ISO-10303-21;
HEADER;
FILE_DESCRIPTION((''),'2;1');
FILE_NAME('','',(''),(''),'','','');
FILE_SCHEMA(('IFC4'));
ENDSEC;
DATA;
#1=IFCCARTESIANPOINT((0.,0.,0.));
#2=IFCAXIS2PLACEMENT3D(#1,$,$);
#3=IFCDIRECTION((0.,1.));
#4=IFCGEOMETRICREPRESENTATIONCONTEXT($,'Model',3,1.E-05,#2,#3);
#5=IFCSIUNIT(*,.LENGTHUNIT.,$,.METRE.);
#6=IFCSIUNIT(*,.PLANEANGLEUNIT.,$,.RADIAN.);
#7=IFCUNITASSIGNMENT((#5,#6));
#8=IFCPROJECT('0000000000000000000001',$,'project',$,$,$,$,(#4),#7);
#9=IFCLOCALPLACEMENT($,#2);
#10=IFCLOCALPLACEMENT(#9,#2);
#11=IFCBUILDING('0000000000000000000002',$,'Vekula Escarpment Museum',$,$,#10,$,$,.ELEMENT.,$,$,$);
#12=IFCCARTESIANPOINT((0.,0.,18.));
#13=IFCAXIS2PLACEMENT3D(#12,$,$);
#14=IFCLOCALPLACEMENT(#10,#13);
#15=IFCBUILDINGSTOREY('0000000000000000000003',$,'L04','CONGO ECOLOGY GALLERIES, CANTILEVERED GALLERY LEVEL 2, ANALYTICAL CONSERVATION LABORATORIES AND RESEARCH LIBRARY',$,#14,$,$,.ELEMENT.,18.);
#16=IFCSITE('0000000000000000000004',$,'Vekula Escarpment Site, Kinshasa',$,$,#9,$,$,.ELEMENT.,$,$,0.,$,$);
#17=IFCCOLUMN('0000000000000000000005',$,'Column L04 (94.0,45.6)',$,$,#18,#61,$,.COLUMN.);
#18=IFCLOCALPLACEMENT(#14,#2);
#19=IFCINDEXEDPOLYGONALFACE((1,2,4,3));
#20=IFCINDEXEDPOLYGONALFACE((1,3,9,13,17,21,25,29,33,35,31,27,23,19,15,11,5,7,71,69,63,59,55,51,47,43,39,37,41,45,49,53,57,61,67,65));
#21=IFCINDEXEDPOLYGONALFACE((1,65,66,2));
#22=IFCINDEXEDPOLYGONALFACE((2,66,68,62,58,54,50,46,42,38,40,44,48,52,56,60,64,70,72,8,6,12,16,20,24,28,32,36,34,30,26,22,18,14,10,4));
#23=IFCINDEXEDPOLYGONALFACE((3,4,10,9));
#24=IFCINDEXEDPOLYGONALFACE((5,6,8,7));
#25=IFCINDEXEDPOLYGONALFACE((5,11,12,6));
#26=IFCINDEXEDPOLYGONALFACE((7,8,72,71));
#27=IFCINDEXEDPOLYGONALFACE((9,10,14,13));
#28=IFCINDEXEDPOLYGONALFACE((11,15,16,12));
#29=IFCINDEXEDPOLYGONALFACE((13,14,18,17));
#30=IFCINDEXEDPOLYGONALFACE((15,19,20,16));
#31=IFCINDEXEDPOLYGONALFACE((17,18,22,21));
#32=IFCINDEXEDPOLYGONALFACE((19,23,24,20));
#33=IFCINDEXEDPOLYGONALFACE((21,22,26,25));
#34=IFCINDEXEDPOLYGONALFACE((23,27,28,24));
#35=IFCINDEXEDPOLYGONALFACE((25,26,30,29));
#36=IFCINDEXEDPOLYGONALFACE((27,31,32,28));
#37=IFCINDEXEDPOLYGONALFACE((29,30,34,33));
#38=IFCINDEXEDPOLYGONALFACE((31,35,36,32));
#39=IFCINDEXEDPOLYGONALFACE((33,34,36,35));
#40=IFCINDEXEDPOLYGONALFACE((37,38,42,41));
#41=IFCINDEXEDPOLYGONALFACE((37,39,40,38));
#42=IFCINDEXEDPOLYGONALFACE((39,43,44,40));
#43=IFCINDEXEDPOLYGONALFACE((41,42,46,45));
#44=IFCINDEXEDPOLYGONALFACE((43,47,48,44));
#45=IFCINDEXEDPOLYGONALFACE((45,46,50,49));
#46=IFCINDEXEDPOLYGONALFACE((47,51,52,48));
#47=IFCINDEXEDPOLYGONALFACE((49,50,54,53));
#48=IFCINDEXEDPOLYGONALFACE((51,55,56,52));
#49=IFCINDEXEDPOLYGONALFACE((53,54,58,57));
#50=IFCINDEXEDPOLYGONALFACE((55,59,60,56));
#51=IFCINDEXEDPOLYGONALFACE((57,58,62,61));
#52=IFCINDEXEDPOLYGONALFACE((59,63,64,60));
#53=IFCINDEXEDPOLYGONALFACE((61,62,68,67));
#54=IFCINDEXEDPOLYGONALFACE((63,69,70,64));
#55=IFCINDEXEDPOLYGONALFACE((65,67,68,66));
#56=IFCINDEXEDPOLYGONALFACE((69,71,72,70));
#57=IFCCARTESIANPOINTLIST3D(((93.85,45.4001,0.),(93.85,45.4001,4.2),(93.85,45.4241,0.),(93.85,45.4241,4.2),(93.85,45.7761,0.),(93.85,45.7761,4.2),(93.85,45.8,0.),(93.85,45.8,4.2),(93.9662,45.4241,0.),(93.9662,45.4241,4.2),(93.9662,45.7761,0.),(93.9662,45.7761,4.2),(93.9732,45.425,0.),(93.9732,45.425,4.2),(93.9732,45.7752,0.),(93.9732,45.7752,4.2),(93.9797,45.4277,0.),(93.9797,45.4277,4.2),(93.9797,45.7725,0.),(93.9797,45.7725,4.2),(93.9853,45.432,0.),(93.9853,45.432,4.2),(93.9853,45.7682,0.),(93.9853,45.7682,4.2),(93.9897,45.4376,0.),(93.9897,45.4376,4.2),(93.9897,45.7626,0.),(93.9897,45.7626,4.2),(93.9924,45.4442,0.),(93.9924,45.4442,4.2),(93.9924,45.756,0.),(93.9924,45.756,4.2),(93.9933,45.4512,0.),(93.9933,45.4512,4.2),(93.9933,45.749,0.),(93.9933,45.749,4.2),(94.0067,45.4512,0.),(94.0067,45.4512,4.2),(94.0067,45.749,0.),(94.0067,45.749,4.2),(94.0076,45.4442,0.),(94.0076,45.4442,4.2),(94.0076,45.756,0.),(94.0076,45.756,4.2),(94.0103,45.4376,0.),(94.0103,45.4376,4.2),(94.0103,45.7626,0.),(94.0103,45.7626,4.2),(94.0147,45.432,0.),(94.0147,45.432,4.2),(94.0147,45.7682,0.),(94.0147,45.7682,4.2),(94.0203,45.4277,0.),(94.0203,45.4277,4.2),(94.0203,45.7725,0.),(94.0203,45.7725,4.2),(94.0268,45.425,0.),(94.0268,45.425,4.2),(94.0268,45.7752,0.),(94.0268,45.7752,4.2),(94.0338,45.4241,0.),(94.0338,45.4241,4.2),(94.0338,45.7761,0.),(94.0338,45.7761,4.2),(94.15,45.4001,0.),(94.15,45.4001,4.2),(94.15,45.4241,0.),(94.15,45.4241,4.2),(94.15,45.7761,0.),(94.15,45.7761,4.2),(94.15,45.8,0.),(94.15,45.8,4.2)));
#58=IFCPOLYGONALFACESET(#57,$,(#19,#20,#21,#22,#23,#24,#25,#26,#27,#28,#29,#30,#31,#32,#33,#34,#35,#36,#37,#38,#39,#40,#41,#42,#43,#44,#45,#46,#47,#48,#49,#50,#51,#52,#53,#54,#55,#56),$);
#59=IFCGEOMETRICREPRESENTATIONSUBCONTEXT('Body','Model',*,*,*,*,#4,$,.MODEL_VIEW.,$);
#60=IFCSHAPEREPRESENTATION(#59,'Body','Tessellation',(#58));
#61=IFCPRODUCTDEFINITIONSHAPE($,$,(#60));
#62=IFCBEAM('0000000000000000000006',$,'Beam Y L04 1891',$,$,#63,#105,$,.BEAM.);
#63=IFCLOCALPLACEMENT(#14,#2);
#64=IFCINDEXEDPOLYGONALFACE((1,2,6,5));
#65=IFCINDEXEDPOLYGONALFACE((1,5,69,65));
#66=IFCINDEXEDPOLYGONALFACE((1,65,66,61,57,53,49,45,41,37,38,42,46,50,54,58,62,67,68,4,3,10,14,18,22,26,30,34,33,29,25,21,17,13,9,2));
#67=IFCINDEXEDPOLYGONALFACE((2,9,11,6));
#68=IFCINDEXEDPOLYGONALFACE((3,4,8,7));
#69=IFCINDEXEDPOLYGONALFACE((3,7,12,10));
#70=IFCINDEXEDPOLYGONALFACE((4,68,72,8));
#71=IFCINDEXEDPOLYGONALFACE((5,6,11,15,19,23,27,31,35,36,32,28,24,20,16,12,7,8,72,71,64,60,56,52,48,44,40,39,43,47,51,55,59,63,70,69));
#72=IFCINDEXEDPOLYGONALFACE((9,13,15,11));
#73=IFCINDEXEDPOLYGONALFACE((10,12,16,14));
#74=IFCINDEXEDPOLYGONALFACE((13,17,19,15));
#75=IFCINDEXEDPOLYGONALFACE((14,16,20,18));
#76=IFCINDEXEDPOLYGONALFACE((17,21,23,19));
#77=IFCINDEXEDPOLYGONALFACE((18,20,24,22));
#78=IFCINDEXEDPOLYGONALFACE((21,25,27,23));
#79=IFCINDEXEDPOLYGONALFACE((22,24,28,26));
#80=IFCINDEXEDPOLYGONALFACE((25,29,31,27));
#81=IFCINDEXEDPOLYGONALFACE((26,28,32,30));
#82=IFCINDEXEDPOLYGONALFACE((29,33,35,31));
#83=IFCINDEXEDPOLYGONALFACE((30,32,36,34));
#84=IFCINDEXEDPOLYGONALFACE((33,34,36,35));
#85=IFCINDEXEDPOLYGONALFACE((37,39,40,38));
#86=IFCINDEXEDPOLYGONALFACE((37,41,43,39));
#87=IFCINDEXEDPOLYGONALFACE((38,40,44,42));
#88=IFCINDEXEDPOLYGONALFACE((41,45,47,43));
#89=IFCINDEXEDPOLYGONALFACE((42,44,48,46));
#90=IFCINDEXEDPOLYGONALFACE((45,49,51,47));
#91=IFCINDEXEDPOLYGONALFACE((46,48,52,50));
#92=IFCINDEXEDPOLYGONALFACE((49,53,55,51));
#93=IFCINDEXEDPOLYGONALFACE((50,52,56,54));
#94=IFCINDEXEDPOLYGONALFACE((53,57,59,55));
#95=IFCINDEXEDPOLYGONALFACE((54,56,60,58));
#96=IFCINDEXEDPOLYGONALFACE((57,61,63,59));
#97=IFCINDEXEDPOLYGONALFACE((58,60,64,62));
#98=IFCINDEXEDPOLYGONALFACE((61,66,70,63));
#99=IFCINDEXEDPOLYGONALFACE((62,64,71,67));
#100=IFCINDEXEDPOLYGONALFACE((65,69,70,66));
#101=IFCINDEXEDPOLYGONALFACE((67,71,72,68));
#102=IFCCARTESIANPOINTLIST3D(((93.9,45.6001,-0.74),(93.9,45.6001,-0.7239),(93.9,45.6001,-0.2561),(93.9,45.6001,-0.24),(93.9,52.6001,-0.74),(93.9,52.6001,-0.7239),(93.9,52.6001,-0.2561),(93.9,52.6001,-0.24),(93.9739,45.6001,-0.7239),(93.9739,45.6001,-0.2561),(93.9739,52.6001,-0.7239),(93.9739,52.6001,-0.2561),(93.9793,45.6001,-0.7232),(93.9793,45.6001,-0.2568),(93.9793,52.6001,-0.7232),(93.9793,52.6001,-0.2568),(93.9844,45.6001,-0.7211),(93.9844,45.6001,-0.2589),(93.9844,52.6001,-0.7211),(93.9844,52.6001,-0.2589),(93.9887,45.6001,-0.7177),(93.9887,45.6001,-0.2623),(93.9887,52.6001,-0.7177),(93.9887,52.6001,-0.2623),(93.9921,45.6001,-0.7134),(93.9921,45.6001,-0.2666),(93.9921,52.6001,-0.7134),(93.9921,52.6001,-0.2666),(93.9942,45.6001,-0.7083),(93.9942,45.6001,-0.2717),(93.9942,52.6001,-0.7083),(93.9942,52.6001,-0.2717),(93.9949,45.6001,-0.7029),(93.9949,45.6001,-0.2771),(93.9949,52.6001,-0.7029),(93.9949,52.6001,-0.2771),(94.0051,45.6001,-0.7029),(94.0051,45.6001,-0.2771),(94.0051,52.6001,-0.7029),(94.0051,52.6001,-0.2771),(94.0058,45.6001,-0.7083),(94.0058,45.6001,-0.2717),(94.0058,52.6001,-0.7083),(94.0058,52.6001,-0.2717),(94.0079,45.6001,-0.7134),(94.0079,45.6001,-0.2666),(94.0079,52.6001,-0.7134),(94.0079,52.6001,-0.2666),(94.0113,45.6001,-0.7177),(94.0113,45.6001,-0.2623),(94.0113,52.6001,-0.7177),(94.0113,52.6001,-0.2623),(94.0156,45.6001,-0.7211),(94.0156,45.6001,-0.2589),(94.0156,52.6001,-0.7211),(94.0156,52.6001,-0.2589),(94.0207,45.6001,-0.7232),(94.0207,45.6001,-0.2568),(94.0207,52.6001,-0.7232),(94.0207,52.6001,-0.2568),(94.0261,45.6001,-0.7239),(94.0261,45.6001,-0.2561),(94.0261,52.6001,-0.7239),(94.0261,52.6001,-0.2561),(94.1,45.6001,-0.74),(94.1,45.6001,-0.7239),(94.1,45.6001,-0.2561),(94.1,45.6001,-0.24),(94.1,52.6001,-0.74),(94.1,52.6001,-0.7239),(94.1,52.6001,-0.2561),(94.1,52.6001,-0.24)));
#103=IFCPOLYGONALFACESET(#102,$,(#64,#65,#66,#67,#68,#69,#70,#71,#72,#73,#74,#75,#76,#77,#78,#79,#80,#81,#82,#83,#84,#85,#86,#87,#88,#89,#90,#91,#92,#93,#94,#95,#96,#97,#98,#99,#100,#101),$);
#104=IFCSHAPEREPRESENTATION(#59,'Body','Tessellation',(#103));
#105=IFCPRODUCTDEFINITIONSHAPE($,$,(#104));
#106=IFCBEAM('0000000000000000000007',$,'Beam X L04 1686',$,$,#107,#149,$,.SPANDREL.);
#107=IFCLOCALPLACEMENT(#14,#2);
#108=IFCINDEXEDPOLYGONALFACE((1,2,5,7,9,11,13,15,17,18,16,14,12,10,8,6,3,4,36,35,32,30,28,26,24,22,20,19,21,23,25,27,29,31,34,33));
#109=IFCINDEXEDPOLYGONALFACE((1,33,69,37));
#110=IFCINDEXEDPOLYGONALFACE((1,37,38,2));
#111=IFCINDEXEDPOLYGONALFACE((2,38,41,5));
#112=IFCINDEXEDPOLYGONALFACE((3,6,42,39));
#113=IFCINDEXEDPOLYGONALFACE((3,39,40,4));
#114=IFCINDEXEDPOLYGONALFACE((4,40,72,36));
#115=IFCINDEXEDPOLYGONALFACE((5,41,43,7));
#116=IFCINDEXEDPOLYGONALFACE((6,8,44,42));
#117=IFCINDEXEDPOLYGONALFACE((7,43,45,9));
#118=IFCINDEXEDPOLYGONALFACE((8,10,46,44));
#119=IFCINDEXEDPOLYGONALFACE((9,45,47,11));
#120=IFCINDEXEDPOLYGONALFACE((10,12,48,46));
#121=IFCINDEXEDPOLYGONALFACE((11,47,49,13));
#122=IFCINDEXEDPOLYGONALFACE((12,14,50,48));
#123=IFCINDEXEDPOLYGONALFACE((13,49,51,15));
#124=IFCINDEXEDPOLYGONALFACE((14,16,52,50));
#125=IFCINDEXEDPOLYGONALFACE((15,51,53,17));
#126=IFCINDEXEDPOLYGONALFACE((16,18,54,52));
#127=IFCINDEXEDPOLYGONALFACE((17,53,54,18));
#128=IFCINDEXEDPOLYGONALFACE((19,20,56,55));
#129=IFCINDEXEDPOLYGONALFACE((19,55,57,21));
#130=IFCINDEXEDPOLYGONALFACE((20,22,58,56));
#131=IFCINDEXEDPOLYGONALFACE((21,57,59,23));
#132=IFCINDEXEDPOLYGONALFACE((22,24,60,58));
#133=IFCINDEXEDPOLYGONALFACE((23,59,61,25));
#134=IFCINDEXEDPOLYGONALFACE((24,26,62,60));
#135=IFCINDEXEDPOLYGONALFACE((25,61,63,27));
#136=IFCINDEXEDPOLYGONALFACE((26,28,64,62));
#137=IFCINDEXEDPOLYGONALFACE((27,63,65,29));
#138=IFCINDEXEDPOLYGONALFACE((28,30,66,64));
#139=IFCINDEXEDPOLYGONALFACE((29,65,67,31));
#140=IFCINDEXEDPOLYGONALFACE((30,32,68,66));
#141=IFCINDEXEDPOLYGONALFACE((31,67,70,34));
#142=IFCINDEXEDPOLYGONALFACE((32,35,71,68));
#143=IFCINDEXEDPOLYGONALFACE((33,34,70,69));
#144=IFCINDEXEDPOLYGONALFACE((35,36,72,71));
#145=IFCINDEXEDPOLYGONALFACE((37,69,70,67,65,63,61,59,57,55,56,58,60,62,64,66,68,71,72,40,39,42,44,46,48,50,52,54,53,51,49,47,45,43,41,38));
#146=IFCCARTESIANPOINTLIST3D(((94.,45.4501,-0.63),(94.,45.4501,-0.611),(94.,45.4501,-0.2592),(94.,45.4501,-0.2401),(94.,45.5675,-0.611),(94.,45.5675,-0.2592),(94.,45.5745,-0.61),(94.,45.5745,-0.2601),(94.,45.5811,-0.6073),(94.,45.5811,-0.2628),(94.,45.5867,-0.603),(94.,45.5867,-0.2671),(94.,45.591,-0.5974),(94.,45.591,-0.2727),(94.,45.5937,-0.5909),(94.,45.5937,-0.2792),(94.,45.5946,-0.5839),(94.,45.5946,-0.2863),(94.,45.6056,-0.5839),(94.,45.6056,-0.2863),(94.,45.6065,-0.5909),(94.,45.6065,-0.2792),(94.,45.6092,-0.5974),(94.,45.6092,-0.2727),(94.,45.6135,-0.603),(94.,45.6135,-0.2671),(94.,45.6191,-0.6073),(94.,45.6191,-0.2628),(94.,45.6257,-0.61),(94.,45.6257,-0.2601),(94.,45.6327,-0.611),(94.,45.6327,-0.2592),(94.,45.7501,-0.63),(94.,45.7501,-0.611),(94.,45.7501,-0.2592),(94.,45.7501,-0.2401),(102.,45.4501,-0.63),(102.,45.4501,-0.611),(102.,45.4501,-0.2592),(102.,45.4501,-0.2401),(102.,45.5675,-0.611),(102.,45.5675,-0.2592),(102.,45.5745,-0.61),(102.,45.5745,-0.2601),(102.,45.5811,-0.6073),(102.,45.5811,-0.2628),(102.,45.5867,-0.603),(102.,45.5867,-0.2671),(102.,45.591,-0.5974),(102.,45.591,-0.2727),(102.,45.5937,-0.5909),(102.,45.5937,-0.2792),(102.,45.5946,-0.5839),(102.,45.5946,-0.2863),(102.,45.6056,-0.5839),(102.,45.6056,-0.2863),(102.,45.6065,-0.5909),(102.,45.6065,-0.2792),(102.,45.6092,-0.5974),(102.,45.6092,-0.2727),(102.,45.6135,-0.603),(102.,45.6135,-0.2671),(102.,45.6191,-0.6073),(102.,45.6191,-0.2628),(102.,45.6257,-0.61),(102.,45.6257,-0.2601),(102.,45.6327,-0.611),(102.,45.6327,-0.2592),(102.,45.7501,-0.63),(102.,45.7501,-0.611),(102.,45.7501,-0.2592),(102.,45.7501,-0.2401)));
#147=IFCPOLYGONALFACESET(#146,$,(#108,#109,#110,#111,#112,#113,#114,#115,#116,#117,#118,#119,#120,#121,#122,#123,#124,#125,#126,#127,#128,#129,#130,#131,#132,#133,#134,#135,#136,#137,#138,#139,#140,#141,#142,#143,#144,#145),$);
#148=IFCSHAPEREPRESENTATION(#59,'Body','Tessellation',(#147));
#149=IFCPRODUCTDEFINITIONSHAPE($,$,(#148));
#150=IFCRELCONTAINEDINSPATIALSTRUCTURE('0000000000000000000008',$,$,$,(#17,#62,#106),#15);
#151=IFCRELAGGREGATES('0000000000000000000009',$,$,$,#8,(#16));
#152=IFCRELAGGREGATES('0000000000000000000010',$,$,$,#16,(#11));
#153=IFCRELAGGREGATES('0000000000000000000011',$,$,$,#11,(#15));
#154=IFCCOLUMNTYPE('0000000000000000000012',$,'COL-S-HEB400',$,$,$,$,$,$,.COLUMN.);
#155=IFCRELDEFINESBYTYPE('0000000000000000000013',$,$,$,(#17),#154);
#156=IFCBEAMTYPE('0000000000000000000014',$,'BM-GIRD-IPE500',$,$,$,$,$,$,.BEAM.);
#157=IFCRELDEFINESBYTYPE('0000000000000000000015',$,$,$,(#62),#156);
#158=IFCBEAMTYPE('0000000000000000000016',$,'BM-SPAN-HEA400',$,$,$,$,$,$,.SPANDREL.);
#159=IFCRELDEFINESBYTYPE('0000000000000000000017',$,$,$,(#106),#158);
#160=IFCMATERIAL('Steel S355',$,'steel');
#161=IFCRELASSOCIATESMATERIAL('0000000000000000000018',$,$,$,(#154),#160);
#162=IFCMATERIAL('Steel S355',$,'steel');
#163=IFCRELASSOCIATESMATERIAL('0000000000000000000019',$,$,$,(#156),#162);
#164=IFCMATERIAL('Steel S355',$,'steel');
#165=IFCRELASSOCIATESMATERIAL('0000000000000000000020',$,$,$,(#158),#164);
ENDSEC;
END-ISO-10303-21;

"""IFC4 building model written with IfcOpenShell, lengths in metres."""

from ifc_helpers import new_model, si_unit, direction, frame, origin, origin_2d, place, context, subcontext, project, spatial, i_section, extrude, material, material_profile, profile_set, type_object, element, save


model = new_model("IFC4")

# Units and contexts
model_context = context("Model", 3, precision=1e-05, world=origin(), true_north=direction((0.0, 1.0)))
body_context = subcontext(model_context, "Body", "Model", "MODEL_VIEW")
ifc_project = project(units=[si_unit("LENGTHUNIT", "METRE"), si_unit("PLANEANGLEUNIT", "RADIAN")], contexts=[model_context])

# Site, building, storey
site_placement = place(None, origin())
site = spatial("IfcSite", under=ifc_project, at=site_placement, Name="Vekula Escarpment Site, Kinshasa", CompositionType="ELEMENT", RefElevation=0.0)
building_placement = place(site_placement, origin())
building = spatial("IfcBuilding", under=site, at=building_placement, Name="Vekula Escarpment Museum", CompositionType="ELEMENT")
storey_placement = place(building_placement, frame((0.0, 0.0, 18.0)))
storey = spatial("IfcBuildingStorey", under=building, at=storey_placement, Name="L04", Description="CONGO ECOLOGY GALLERIES, CANTILEVERED GALLERY LEVEL 2, ANALYTICAL CONSERVATION LABORATORIES AND RESEARCH LIBRARY", CompositionType="ELEMENT", Elevation=18.0)

# Column
ifc_material_1 = material(Name="Steel S355", Category="steel")
ifc_material_profile_1 = material_profile(ifc_material_1, i_section(OverallWidth=0.3, OverallDepth=0.3999, WebThickness=0.0134, FlangeThickness=0.0239, FilletRadius=0.0271, at=origin_2d()), Name="HEB 400")
ifc_profile_set_1 = profile_set([ifc_material_profile_1], Name="Steel S355")
column_type = type_object("IfcColumnType", Name="COL-S-HEB400", PredefinedType="COLUMN", material=ifc_profile_set_1)
column_placement = place(storey_placement, frame((94.0, 45.6001, 0.0), z_axis=(0.0, 0.0, 1.0), x_axis=(1.0, 0.0, 0.0)))
element("IfcColumn", 1, at=column_placement, inside=storey, type_object=column_type, Name="Column L04 (94.0,45.6)", PredefinedType="COLUMN", context=body_context, shape_type="SweptSolid", body=[
    extrude(i_section(OverallWidth=0.3, OverallDepth=0.3999, WebThickness=0.0134, FlangeThickness=0.0239, FilletRadius=0.0271, at=origin_2d()), origin(), (0.0, 0.0, 1.0), 4.2),
])

# Beams
ifc_material_2 = material(Name="Steel S355", Category="steel")
ifc_material_profile_2 = material_profile(ifc_material_2, i_section(OverallWidth=0.2, OverallDepth=0.5, WebThickness=0.0103, FlangeThickness=0.0161, FilletRadius=0.021, at=origin_2d()), Name="IPE 500")
ifc_profile_set_2 = profile_set([ifc_material_profile_2], Name="Steel S355")
beam_type_1 = type_object("IfcBeamType", Name="BM-GIRD-IPE500", PredefinedType="BEAM", material=ifc_profile_set_2)
beam_1_placement = place(storey_placement, frame((94.0, 45.6001, -0.49), z_axis=(0.0, 1.0, 0.0), x_axis=(-1.0, 0.0, 0.0)))
element("IfcBeam", 2, at=beam_1_placement, inside=storey, type_object=beam_type_1, Name="Beam Y L04 1891", PredefinedType="BEAM", context=body_context, shape_type="SweptSolid", body=[
    extrude(i_section(OverallWidth=0.2, OverallDepth=0.5, WebThickness=0.0103, FlangeThickness=0.0161, FilletRadius=0.021, at=origin_2d()), origin(), (0.0, 0.0, 1.0), 7.0),
])
ifc_material_3 = material(Name="Steel S355", Category="steel")
ifc_material_profile_3 = material_profile(ifc_material_3, i_section(OverallWidth=0.3, OverallDepth=0.3899, WebThickness=0.011, FlangeThickness=0.019, FilletRadius=0.0271, at=origin_2d()), Name="HEA 400")
ifc_profile_set_3 = profile_set([ifc_material_profile_3], Name="Steel S355")
beam_type_2 = type_object("IfcBeamType", Name="BM-SPAN-HEA400", PredefinedType="SPANDREL", material=ifc_profile_set_3)
beam_2_placement = place(storey_placement, frame((94.0, 45.6001, -0.4351), z_axis=(1.0, 0.0, 0.0), x_axis=(0.0, 1.0, 0.0)))
element("IfcBeam", 3, at=beam_2_placement, inside=storey, type_object=beam_type_2, Name="Beam X L04 1686", PredefinedType="SPANDREL", context=body_context, shape_type="SweptSolid", body=[
    extrude(i_section(OverallWidth=0.3, OverallDepth=0.3899, WebThickness=0.011, FlangeThickness=0.019, FilletRadius=0.0271, at=origin_2d()), origin(), (0.0, 0.0, 1.0), 8.0),
])

save(model, "model.ifc")
